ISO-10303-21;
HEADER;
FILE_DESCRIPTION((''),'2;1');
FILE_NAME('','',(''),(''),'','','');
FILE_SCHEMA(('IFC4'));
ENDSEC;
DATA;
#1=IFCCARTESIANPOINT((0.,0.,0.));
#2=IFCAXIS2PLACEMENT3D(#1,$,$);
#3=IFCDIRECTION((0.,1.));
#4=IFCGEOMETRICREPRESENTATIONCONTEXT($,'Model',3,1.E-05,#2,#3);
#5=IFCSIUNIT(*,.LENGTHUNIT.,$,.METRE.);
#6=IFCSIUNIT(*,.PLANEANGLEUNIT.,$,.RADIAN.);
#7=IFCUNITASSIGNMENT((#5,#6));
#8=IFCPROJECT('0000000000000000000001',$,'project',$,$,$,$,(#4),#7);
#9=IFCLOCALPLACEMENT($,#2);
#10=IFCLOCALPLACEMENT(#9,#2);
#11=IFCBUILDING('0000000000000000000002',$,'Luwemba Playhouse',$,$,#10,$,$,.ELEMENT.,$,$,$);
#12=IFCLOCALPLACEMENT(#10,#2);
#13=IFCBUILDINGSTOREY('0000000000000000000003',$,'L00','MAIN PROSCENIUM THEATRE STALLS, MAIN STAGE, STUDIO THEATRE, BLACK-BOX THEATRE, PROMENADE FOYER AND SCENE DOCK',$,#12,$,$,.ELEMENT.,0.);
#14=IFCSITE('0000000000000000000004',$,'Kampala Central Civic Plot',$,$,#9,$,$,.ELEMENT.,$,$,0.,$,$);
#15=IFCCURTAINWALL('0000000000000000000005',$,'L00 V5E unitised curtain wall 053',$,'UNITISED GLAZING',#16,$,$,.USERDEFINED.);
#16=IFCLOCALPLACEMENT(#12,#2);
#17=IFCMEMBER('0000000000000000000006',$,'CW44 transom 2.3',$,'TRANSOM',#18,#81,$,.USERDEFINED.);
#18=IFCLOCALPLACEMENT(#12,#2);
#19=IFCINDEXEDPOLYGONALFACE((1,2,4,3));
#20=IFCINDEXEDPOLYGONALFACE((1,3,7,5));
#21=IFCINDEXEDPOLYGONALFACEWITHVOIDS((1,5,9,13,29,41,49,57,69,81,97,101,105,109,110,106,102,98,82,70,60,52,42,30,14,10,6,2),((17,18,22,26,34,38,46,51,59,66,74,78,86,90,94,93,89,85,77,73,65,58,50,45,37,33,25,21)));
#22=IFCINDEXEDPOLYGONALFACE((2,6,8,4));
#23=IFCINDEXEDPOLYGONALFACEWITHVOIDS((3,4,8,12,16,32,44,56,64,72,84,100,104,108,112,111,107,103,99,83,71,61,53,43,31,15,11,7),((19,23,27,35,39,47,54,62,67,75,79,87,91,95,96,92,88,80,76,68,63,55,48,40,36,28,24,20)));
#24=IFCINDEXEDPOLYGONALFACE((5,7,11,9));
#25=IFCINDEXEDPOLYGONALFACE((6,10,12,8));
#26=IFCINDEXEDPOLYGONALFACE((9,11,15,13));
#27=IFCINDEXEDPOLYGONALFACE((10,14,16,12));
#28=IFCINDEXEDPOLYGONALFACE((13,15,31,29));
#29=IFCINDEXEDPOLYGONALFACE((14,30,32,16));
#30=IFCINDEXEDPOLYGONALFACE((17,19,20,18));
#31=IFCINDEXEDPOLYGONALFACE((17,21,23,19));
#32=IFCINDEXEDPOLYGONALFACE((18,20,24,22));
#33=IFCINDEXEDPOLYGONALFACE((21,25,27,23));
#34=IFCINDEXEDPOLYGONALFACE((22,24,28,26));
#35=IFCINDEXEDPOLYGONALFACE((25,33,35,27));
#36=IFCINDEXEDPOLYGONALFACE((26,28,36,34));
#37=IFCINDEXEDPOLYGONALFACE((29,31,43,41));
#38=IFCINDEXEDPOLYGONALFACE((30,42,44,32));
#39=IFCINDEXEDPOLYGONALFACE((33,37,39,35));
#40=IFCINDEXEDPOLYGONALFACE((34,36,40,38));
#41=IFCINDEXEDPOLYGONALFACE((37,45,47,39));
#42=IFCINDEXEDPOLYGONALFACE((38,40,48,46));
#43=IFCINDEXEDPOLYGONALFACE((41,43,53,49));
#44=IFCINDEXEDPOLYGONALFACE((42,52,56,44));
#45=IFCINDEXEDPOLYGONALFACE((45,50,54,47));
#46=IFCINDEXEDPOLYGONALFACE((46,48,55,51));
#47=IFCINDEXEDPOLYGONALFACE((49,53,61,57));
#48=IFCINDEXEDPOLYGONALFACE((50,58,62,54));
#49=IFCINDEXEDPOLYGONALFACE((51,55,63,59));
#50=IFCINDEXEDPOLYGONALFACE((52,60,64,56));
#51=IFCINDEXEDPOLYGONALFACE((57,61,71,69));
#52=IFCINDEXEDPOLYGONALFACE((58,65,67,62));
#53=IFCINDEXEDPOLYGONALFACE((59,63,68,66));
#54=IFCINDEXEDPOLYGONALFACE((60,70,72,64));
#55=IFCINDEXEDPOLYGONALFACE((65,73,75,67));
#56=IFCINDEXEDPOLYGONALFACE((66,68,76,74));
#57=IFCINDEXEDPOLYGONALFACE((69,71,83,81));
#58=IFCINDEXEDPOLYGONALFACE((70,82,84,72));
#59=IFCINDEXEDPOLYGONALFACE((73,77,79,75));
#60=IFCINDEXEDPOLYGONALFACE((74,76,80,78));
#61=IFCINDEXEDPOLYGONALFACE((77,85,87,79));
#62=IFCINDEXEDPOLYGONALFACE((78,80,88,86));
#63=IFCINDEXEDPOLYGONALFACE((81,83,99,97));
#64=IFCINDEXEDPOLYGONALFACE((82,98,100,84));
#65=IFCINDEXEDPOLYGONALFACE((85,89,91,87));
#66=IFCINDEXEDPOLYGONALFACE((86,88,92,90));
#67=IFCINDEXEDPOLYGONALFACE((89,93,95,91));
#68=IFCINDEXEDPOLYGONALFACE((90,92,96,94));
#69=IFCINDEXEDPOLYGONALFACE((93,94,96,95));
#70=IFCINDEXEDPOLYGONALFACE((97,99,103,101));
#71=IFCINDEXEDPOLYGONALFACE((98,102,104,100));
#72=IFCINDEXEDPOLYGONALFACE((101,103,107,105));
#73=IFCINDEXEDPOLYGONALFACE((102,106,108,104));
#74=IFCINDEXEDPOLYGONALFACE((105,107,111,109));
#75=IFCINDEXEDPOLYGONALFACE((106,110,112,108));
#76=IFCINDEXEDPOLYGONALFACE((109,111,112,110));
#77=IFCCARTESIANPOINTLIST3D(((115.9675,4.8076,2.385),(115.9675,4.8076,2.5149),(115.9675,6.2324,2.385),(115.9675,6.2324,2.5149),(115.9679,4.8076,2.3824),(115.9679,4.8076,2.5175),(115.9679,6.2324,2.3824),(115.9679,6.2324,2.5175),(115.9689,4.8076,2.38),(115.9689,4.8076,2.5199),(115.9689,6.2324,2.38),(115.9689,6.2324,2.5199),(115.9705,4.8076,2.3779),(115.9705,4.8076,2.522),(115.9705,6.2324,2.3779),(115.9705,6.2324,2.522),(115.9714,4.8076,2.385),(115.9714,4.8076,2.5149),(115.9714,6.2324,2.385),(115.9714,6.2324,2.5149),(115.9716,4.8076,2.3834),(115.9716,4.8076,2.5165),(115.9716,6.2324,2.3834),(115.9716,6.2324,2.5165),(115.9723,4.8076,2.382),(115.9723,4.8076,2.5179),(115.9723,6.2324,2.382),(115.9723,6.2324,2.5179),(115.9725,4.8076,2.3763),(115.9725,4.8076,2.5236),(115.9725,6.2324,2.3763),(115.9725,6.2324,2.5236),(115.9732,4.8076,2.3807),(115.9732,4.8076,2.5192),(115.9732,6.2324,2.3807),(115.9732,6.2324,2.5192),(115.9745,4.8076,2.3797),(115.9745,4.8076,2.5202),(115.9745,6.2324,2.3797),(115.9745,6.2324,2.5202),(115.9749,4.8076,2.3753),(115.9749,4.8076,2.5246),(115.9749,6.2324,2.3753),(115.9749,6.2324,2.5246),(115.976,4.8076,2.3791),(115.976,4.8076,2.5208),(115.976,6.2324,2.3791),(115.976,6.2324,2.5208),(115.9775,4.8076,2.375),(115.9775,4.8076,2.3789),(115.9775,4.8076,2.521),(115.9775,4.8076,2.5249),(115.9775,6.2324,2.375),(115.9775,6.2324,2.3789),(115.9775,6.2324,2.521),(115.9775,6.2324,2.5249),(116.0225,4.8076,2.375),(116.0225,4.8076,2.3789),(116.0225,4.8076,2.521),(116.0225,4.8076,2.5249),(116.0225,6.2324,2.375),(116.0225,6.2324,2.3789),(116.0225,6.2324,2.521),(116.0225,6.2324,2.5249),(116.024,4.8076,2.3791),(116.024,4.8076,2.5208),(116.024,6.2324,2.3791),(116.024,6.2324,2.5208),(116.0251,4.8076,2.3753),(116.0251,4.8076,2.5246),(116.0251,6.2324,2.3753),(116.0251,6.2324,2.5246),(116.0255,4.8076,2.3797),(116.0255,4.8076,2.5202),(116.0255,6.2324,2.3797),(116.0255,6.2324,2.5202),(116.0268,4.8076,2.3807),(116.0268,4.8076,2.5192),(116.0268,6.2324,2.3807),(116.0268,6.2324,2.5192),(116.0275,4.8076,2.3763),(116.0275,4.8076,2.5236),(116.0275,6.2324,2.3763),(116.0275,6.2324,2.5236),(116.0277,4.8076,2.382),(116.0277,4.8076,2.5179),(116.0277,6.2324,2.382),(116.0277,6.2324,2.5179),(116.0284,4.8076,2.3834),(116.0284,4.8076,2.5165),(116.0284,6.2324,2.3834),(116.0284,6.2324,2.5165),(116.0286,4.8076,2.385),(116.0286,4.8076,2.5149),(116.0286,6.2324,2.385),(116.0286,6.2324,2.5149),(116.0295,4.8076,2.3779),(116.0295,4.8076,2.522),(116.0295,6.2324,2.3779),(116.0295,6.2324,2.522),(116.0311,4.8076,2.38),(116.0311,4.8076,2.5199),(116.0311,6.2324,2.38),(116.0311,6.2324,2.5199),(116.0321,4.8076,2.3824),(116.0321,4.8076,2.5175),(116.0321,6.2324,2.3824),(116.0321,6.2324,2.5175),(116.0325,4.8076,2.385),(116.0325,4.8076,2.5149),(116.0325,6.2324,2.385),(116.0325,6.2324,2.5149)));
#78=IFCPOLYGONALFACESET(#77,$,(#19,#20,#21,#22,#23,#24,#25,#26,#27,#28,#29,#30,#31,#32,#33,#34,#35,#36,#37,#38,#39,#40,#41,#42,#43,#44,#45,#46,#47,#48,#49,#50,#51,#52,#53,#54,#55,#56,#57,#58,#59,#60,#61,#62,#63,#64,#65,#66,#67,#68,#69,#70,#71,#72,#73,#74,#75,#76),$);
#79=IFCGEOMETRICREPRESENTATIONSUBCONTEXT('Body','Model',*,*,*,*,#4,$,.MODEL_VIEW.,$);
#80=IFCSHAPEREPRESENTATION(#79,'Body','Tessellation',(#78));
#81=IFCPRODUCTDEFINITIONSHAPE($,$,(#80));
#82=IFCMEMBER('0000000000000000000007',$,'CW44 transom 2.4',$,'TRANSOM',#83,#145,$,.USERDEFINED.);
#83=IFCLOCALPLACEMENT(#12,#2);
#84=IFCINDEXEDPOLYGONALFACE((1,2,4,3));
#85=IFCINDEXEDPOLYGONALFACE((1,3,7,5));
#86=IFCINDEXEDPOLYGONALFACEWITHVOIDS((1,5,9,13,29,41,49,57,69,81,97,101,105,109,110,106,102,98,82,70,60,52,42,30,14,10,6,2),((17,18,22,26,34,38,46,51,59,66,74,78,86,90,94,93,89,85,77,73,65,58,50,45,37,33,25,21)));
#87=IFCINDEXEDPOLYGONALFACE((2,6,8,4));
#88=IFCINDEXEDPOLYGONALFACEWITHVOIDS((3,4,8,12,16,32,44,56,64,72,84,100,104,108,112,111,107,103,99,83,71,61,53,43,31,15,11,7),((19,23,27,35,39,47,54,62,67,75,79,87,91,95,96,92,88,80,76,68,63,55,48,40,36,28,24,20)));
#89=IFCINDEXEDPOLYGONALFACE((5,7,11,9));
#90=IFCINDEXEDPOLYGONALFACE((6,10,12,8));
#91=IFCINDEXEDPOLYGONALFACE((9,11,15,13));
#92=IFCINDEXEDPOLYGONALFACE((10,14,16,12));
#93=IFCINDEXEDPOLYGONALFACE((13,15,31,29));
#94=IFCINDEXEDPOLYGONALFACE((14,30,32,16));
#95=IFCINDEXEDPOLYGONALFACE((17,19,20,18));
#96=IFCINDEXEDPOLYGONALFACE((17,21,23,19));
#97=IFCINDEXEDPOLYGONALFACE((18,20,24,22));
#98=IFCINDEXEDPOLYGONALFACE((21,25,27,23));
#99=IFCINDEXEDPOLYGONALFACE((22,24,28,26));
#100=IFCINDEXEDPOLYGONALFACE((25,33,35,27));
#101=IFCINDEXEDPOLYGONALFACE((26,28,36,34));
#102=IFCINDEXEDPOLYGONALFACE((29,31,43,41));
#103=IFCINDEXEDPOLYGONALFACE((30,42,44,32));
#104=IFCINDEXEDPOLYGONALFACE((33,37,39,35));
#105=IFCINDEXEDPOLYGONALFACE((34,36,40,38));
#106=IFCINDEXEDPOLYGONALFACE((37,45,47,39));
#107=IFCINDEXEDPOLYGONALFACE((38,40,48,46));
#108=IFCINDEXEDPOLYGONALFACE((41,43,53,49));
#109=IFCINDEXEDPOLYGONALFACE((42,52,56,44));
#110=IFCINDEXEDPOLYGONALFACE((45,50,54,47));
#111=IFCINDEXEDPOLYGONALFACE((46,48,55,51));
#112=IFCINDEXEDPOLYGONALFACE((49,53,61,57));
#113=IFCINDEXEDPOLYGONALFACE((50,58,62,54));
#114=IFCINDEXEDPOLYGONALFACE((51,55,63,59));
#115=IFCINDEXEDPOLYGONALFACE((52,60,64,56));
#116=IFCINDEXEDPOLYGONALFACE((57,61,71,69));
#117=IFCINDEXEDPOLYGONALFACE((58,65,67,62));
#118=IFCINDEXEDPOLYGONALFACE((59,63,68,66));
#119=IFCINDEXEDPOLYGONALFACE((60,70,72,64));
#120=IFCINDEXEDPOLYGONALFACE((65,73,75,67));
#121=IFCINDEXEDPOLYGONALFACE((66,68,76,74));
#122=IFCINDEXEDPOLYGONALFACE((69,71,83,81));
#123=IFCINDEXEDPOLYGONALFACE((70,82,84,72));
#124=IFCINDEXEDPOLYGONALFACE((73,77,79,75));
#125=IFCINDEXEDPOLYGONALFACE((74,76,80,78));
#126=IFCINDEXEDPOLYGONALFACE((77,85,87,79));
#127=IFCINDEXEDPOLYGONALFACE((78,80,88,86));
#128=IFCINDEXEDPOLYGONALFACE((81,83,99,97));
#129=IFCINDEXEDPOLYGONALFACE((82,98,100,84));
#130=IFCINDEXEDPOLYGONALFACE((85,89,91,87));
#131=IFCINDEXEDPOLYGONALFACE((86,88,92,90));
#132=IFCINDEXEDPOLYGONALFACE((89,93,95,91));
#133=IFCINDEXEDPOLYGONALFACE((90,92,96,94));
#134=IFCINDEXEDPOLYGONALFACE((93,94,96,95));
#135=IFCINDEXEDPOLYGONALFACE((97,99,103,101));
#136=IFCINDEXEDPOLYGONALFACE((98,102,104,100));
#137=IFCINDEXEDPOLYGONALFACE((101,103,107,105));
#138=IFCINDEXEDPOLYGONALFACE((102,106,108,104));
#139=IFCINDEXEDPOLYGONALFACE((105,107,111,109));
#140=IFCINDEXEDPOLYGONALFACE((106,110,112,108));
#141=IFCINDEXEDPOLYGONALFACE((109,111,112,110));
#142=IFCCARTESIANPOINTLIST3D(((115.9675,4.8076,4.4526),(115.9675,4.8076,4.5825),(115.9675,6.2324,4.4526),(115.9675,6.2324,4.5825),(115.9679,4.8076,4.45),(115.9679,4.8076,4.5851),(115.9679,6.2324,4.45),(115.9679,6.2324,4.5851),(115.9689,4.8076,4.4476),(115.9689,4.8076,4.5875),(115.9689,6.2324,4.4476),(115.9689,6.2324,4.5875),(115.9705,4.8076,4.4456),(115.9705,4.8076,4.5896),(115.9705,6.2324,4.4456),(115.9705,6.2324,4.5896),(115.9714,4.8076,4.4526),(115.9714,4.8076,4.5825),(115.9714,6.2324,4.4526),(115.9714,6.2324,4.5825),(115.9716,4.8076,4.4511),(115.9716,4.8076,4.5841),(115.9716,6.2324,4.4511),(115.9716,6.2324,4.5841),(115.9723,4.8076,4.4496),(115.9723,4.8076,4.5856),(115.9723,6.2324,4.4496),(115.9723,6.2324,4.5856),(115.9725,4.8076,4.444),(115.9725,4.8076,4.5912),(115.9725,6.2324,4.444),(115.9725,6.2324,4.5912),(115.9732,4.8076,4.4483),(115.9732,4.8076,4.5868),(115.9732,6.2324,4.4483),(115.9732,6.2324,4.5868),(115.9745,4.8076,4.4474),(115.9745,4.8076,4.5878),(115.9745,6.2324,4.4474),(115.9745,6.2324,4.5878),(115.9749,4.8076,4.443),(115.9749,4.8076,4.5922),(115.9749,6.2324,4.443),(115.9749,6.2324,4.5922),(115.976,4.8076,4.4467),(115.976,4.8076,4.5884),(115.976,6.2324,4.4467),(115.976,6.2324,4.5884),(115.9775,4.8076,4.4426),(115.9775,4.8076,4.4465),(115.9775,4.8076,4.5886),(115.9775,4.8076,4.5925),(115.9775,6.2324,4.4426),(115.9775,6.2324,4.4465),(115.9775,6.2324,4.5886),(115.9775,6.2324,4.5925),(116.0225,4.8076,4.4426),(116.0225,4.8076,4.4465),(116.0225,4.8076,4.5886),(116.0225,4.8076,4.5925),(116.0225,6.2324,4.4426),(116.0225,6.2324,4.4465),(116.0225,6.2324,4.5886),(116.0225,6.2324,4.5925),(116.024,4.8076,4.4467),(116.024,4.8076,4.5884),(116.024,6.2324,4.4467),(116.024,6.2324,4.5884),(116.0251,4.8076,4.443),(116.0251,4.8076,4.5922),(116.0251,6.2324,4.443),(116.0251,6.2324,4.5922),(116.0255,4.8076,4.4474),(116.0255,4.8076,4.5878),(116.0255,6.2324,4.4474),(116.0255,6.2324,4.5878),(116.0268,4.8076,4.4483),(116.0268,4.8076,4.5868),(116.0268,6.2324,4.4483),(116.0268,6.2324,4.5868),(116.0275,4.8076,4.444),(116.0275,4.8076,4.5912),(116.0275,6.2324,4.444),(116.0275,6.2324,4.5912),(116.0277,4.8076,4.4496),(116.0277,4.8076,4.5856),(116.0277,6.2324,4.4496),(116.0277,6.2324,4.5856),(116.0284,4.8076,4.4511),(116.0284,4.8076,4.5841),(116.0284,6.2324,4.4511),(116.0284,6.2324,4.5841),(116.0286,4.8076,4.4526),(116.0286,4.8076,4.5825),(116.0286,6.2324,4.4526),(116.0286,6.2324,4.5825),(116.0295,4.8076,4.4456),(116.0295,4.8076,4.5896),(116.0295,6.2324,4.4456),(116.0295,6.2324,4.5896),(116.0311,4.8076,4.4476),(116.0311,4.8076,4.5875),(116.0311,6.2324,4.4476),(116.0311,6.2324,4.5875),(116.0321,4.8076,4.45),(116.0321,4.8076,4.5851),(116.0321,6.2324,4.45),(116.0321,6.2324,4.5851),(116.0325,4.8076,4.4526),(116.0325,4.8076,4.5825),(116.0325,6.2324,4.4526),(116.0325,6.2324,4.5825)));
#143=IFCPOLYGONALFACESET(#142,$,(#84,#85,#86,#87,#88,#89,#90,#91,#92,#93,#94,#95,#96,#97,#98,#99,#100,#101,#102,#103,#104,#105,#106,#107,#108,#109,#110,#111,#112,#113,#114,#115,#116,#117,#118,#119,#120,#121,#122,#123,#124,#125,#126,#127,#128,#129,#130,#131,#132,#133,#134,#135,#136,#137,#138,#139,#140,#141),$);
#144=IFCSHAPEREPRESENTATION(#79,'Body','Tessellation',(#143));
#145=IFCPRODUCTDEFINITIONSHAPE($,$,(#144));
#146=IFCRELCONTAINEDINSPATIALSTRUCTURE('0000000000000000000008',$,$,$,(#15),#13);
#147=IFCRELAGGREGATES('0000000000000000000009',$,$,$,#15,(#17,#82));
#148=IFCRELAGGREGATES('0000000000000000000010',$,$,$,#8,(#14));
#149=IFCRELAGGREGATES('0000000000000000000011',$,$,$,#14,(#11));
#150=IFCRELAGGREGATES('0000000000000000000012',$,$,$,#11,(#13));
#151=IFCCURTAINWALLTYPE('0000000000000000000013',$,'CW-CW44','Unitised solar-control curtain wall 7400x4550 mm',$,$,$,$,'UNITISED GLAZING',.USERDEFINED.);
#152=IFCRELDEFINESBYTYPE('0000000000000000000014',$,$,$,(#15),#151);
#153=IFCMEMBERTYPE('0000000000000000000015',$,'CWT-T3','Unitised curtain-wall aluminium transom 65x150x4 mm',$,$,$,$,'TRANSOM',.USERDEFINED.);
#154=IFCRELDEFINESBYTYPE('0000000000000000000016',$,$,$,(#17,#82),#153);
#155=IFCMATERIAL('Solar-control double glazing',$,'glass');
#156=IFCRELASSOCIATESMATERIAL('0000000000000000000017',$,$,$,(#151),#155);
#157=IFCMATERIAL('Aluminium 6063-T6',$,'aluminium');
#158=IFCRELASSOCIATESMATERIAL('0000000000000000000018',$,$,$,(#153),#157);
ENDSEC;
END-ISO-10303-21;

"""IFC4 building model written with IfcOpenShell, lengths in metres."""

from ifc_helpers import new_model, si_unit, direction, frame, origin, origin_2d, place, context, subcontext, project, spatial, hollow_rectangle, extrude, material, material_profile, profile_set, type_object, element, aggregate, save


model = new_model("IFC4")

# Units and contexts
model_context = context("Model", 3, precision=1e-05, world=origin(), true_north=direction((0.0, 1.0)))
body_context = subcontext(model_context, "Body", "Model", "MODEL_VIEW")
ifc_project = project(units=[si_unit("LENGTHUNIT", "METRE"), si_unit("PLANEANGLEUNIT", "RADIAN")], contexts=[model_context])

# Site, building, storey
site_placement = place(None, origin())
site = spatial("IfcSite", under=ifc_project, at=site_placement, Name="Kampala Central Civic Plot", CompositionType="ELEMENT", RefElevation=0.0)
building_placement = place(site_placement, origin())
building = spatial("IfcBuilding", under=site, at=building_placement, Name="Luwemba Playhouse", CompositionType="ELEMENT")
storey_placement = place(building_placement, origin())
storey = spatial("IfcBuildingStorey", under=building, at=storey_placement, Name="L00", Description="MAIN PROSCENIUM THEATRE STALLS, MAIN STAGE, STUDIO THEATRE, BLACK-BOX THEATRE, PROMENADE FOYER AND SCENE DOCK", CompositionType="ELEMENT", Elevation=0.0)

# Curtain wall, members
ifc_material_1 = material(Name="Solar-control double glazing", Category="glass")
curtain_wall_type = type_object("IfcCurtainWallType", Name="CW-CW44", Description="Unitised solar-control curtain wall 7400x4550 mm", ElementType="UNITISED GLAZING", PredefinedType="USERDEFINED", material=ifc_material_1)
curtain_wall_placement = place(storey_placement, origin())
curtain_wall = element("IfcCurtainWall", 1, at=curtain_wall_placement, inside=storey, type_object=curtain_wall_type, Name="L00 V5E unitised curtain wall 053", ObjectType="UNITISED GLAZING", PredefinedType="USERDEFINED")
ifc_material_2 = material(Name="Aluminium 6063-T6", Category="aluminium")
ifc_material_profile_1 = material_profile(ifc_material_2, hollow_rectangle(XDim=0.0649, YDim=0.1499, WallThickness=0.0039, InnerFilletRadius=0.0061, OuterFilletRadius=0.01, at=origin_2d()))
ifc_profile_set_1 = profile_set([ifc_material_profile_1], Name="Aluminium 6063-T6")
member_type_1 = type_object("IfcMemberType", Name="CWT-T3", Description="Unitised curtain-wall aluminium transom 65x150x4 mm", ElementType="TRANSOM", PredefinedType="USERDEFINED", material=ifc_profile_set_1)
member_1_placement = place(storey_placement, frame((116.0, 4.8076, 2.45), z_axis=(0.0, 1.0, 0.0), x_axis=(-1.0, 0.0, 0.0)))
member_1 = element("IfcMember", 2, at=member_1_placement, type_object=member_type_1, Name="CW44 transom 2.3", ObjectType="TRANSOM", PredefinedType="USERDEFINED", context=body_context, shape_type="SweptSolid", body=[
    extrude(hollow_rectangle(XDim=0.0649, YDim=0.1499, WallThickness=0.0039, InnerFilletRadius=0.0061, OuterFilletRadius=0.01, at=origin_2d()), origin(), (0.0, 0.0, 1.0), 1.4248),
])
member_2_placement = place(storey_placement, frame((116.0, 4.8076, 4.5176), z_axis=(0.0, 1.0, 0.0), x_axis=(-1.0, 0.0, 0.0)))
member_2 = element("IfcMember", 3, at=member_2_placement, type_object=member_type_1, Name="CW44 transom 2.4", ObjectType="TRANSOM", PredefinedType="USERDEFINED", context=body_context, shape_type="SweptSolid", body=[
    extrude(hollow_rectangle(XDim=0.0649, YDim=0.1499, WallThickness=0.0039, InnerFilletRadius=0.0061, OuterFilletRadius=0.01, at=origin_2d()), origin(), (0.0, 0.0, 1.0), 1.4248),
])
aggregate(curtain_wall, [member_1, member_2])

save(model, "model.ifc")
